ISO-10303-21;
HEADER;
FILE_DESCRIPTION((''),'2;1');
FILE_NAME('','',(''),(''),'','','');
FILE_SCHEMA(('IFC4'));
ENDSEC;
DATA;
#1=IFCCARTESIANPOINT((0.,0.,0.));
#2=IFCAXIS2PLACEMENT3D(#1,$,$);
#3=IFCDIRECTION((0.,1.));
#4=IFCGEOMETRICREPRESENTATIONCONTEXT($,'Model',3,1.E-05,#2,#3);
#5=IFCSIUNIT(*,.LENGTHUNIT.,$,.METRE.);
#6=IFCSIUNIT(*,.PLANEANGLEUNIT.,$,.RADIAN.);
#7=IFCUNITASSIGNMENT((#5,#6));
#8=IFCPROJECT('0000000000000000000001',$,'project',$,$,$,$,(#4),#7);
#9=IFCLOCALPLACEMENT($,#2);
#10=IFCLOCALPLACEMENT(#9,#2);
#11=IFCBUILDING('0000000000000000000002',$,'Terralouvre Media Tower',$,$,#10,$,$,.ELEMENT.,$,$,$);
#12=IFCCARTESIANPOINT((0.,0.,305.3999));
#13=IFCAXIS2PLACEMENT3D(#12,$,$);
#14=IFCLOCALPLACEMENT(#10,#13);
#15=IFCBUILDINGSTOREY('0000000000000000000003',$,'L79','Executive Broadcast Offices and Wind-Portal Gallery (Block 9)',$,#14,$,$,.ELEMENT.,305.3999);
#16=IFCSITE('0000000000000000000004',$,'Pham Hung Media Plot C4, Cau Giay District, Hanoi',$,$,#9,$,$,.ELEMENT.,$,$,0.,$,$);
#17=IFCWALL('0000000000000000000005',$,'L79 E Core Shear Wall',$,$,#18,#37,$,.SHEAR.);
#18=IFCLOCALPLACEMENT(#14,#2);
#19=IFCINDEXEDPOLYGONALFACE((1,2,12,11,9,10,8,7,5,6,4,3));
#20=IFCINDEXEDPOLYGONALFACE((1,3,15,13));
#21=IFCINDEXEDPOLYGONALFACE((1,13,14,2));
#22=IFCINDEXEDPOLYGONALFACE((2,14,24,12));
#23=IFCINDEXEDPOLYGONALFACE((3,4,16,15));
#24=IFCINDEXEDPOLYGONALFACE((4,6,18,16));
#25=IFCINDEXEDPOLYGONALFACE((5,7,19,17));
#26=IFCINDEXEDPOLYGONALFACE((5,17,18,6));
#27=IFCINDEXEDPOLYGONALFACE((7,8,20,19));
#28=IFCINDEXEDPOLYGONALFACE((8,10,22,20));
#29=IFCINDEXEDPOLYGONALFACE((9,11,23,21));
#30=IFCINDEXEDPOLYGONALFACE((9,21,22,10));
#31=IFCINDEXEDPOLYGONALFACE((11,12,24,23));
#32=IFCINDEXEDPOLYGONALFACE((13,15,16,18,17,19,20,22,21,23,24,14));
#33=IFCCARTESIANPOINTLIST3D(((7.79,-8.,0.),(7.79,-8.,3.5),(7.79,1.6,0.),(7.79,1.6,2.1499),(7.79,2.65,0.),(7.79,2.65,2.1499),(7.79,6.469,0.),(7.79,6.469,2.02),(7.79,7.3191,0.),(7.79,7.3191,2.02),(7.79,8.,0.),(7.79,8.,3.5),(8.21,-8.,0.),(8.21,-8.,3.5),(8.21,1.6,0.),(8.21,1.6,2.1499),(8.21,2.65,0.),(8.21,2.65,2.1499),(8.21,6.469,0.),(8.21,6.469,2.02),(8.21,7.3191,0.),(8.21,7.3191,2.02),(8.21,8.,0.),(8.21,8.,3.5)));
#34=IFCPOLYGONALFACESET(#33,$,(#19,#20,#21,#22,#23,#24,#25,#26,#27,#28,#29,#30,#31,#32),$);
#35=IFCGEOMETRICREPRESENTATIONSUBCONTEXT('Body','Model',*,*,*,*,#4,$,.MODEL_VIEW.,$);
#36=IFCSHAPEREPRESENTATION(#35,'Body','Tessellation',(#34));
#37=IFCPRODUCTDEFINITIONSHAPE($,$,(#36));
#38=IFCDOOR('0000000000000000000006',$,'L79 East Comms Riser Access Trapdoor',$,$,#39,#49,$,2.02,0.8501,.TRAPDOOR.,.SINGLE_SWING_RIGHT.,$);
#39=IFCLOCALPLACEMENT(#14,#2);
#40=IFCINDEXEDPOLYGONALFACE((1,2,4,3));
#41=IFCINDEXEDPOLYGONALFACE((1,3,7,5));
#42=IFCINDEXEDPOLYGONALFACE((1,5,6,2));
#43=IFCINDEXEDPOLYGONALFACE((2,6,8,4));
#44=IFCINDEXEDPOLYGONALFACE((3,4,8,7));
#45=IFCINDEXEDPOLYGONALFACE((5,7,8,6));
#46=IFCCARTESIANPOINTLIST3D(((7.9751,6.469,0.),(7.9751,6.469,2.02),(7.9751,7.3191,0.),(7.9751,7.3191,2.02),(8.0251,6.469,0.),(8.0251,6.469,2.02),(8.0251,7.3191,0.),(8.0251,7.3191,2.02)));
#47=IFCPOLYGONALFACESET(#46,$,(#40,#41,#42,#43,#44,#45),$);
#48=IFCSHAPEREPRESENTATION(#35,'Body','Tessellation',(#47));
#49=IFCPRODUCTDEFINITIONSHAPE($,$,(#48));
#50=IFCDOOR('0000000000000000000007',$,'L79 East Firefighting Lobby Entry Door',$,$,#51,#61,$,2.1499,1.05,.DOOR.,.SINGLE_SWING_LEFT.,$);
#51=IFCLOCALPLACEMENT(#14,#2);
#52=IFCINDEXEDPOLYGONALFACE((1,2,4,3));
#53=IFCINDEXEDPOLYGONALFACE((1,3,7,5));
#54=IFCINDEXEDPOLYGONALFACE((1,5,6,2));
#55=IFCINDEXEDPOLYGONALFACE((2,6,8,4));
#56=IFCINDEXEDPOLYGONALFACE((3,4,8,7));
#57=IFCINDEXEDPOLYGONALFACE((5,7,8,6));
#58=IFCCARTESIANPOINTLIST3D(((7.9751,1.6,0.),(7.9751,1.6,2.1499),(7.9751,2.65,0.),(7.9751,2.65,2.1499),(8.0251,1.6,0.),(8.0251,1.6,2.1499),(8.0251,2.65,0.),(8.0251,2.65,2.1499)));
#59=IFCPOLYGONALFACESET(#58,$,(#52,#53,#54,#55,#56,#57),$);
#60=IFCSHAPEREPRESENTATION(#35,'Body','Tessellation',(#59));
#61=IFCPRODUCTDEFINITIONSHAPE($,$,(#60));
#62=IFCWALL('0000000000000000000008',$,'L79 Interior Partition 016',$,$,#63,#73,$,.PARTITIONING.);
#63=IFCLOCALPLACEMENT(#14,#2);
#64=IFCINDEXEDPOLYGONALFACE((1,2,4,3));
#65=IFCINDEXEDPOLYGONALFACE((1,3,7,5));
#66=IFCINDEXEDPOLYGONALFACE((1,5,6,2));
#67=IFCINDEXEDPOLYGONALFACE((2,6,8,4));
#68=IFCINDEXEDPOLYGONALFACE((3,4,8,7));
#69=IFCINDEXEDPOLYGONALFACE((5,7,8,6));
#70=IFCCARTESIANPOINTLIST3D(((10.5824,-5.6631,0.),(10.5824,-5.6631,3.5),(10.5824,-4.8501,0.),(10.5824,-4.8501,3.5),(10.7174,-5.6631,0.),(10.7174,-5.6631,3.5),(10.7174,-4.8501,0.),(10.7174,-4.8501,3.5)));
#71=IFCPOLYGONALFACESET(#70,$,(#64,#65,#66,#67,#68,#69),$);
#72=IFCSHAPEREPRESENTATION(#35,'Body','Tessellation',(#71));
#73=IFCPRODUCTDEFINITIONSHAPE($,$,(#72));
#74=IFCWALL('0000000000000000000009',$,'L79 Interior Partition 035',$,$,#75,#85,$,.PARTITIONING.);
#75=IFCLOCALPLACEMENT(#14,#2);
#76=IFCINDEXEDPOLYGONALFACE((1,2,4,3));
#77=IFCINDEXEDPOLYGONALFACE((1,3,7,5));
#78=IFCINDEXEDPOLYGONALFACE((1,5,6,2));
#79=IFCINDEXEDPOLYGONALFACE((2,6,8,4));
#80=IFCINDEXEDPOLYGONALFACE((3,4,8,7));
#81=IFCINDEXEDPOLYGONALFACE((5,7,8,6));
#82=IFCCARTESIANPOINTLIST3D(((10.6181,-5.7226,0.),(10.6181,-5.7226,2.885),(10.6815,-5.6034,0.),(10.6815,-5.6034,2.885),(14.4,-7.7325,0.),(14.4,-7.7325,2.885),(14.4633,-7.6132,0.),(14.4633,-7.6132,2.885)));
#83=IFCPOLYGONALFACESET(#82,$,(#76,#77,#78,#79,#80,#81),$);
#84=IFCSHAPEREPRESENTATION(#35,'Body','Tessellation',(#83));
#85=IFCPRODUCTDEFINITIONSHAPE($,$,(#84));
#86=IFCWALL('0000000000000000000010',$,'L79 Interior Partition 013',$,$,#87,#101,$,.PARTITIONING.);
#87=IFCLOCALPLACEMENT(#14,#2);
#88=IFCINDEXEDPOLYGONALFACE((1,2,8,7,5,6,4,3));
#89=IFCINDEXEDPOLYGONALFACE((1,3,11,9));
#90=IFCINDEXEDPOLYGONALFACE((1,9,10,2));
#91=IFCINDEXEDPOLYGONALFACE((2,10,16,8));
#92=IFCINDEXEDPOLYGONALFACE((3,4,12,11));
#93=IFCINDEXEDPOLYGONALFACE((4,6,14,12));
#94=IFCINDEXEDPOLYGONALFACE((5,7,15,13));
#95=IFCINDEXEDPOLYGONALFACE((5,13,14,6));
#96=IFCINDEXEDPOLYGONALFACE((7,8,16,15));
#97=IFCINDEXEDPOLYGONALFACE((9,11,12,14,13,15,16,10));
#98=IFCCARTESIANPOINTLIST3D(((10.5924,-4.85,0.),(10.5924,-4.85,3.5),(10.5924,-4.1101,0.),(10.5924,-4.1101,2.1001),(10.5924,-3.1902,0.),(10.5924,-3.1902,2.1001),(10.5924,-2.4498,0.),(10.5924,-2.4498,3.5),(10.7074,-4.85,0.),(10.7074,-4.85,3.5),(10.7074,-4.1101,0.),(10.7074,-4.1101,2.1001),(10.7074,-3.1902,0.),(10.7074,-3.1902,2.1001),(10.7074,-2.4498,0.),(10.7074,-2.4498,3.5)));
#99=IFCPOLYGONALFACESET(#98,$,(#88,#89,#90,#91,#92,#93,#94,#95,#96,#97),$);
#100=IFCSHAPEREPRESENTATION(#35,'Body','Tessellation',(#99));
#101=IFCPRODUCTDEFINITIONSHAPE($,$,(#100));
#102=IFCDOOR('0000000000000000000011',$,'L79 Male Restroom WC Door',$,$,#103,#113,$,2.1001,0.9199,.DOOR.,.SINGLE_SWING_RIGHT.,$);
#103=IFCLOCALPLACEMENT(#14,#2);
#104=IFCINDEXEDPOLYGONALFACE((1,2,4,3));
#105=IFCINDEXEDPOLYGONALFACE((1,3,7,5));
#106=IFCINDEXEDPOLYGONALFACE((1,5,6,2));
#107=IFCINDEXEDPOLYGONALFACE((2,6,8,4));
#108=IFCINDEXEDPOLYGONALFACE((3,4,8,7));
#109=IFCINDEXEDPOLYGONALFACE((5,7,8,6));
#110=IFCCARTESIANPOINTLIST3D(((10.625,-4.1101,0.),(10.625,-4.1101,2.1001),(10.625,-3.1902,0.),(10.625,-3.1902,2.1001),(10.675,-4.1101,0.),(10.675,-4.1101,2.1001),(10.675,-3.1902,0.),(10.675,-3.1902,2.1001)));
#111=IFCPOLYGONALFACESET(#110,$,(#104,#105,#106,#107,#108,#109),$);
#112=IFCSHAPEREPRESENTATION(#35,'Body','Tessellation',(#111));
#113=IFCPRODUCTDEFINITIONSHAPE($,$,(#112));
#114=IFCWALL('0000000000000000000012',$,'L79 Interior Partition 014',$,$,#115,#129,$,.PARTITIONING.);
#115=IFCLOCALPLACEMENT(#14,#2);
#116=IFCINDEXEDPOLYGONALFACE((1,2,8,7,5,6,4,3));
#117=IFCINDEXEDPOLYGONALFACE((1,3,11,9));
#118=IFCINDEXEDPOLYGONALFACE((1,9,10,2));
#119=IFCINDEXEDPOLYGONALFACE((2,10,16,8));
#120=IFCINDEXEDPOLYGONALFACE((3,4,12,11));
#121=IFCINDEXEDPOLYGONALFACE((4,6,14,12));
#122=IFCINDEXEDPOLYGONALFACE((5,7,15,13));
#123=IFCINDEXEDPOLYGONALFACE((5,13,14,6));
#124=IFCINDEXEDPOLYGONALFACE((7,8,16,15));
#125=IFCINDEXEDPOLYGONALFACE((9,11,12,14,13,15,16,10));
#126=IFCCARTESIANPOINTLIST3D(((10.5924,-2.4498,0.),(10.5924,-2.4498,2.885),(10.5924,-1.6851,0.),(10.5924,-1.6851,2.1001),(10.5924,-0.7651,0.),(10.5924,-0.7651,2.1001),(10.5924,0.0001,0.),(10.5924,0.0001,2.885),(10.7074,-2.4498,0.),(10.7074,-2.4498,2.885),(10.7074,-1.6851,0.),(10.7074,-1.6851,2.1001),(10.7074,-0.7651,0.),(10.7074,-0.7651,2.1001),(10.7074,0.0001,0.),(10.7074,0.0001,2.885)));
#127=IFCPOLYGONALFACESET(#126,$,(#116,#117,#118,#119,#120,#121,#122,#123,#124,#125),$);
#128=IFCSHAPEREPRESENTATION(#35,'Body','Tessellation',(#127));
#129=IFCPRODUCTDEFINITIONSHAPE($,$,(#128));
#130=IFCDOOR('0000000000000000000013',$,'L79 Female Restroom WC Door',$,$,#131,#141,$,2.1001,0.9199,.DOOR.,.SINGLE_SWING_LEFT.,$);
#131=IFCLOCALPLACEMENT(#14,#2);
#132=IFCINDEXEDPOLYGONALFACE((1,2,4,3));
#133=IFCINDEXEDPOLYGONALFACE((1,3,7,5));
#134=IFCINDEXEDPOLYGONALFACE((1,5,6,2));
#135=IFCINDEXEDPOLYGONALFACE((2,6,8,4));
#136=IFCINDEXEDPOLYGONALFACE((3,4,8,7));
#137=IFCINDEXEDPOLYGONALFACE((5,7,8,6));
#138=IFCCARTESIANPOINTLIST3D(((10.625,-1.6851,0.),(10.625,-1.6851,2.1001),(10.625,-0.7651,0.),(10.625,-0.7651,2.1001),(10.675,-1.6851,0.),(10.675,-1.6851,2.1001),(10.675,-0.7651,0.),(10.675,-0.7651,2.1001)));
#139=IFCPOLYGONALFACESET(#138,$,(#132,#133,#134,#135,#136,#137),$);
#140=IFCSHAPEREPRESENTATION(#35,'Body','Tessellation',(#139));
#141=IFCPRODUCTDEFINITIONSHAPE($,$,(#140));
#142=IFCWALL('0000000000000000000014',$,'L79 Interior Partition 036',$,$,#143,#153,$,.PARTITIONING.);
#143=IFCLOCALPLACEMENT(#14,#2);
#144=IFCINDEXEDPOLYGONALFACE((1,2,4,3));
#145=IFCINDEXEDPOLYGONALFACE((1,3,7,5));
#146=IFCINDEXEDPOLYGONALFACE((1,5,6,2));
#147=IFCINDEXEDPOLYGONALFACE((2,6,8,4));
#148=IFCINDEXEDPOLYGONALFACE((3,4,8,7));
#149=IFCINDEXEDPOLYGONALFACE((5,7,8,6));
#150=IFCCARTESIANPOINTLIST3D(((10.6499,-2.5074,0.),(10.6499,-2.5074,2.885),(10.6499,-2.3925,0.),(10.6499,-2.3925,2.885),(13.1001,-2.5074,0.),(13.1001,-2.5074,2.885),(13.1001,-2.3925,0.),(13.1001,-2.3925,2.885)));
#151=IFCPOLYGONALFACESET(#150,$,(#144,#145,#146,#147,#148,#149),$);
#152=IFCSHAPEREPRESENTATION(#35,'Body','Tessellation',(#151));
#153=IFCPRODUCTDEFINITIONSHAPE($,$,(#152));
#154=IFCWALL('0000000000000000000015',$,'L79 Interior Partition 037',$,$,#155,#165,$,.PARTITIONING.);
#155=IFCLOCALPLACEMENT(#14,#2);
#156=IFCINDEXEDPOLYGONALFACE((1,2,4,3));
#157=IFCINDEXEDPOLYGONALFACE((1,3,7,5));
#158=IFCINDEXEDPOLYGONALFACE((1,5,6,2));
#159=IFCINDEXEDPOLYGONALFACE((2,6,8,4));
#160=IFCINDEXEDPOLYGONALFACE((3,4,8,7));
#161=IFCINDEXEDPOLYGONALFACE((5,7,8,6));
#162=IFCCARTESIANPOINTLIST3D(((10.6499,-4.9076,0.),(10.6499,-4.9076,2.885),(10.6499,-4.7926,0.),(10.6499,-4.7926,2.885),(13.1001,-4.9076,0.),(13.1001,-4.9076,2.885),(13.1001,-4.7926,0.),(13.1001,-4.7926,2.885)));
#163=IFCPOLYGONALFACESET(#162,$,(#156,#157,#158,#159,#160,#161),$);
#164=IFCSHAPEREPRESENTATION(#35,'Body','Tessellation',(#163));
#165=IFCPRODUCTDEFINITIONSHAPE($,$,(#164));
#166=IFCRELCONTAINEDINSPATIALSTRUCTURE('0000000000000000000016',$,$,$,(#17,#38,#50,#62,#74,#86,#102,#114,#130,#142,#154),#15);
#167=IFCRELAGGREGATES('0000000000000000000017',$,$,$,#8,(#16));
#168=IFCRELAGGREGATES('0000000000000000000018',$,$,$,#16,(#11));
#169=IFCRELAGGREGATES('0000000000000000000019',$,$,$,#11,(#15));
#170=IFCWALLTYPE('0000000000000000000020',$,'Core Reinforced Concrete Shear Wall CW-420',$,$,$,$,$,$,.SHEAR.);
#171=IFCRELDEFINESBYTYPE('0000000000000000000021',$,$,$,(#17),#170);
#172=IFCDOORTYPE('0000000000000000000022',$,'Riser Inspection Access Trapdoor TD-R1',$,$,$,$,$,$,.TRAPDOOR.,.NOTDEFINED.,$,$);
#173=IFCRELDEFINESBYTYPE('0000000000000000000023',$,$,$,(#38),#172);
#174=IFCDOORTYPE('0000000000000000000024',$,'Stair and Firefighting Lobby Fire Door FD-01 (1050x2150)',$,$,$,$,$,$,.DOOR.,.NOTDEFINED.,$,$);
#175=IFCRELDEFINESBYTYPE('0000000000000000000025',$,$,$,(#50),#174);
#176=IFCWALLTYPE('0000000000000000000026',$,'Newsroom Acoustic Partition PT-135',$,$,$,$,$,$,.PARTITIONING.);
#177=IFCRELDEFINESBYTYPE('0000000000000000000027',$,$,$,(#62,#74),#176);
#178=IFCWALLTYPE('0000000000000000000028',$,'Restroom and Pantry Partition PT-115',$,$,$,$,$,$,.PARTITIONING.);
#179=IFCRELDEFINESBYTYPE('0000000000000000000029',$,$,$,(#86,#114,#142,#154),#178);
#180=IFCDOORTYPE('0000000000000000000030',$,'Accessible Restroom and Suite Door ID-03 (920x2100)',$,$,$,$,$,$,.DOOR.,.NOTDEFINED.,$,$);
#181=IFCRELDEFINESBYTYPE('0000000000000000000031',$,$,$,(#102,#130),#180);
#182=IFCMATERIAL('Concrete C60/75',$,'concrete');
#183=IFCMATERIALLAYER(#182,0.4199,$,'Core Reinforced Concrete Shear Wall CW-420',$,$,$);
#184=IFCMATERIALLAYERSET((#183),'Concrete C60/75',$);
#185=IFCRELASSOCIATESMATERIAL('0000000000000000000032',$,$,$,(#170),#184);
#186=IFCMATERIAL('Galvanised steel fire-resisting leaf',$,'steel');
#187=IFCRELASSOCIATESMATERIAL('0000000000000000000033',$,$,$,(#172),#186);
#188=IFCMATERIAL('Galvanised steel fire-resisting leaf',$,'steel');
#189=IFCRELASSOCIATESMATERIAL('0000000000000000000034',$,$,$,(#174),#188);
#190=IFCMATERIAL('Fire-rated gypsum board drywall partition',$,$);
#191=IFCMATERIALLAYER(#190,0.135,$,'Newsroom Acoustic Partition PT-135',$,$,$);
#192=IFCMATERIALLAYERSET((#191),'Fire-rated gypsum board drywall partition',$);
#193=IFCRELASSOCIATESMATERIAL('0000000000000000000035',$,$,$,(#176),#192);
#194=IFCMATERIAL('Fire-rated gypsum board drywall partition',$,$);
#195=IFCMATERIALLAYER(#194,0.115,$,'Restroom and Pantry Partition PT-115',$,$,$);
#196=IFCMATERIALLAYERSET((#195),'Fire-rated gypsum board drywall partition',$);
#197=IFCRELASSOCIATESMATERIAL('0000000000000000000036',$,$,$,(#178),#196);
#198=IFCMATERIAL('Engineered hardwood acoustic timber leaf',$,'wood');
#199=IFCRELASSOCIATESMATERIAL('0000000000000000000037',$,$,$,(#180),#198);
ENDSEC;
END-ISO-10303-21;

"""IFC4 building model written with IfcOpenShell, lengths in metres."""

from ifc_helpers import new_model, si_unit, direction, frame, frame_2d, origin, place, context, subcontext, project, spatial, rectangle, extrude, material, layer, layer_set, type_object, element, fill, save


model = new_model("IFC4")

# Units and contexts
model_context = context("Model", 3, precision=1e-05, world=origin(), true_north=direction((0.0, 1.0)))
body_context = subcontext(model_context, "Body", "Model", "MODEL_VIEW")
ifc_project = project(units=[si_unit("LENGTHUNIT", "METRE"), si_unit("PLANEANGLEUNIT", "RADIAN")], contexts=[model_context])

# Site, building, storey
site_placement = place(None, origin())
site = spatial("IfcSite", under=ifc_project, at=site_placement, Name="Pham Hung Media Plot C4, Cau Giay District, Hanoi", CompositionType="ELEMENT", RefElevation=0.0)
building_placement = place(site_placement, origin())
building = spatial("IfcBuilding", under=site, at=building_placement, Name="Terralouvre Media Tower", CompositionType="ELEMENT")
storey_placement = place(building_placement, frame((0.0, 0.0, 305.3999)))
storey = spatial("IfcBuildingStorey", under=building, at=storey_placement, Name="L79", Description="Executive Broadcast Offices and Wind-Portal Gallery (Block 9)", CompositionType="ELEMENT", Elevation=305.3999)

# Wall, openings, doors
ifc_material_1 = material(Name="Concrete C60/75", Category="concrete")
ifc_layer_1 = layer(ifc_material_1, 0.4199, Name="Core Reinforced Concrete Shear Wall CW-420")
ifc_layer_set_1 = layer_set([ifc_layer_1], Name="Concrete C60/75")
wall_type_1 = type_object("IfcWallType", Name="Core Reinforced Concrete Shear Wall CW-420", PredefinedType="SHEAR", material=ifc_layer_set_1)
wall_1_placement = place(storey_placement, frame((8.0, -8.0, 0.0), z_axis=(0.0, 0.0, 1.0), x_axis=(0.0, 1.0, 0.0)))
wall_1 = element("IfcWall", 1, at=wall_1_placement, inside=storey, type_object=wall_type_1, Name="L79 E Core Shear Wall", PredefinedType="SHEAR", context=body_context, shape_type="SweptSolid", body=[
    extrude(rectangle(XDim=16.0, YDim=0.4199, at=frame_2d((8.0, 0.0))), origin(), (0.0, 0.0, 1.0), 3.5),
])
opening_1_placement = place(wall_1_placement, frame((9.6001, 0.0, 0.0)))
opening_1 = element("IfcOpeningElement", 2, at=opening_1_placement, cuts=wall_1, PredefinedType="OPENING", context=body_context, shape_type="SweptSolid", body=[
    extrude(rectangle(XDim=1.05, YDim=2.1499, at=frame_2d((0.5249, 1.075))), frame((0.0, 0.22, 0.0), z_axis=(0.0, -1.0, 0.0), x_axis=(1.0, 0.0, 0.0)), (0.0, 0.0, 1.0), 0.4399),
])
opening_2_placement = place(wall_1_placement, frame((14.469, 0.0, 0.0)))
opening_2 = element("IfcOpeningElement", 3, at=opening_2_placement, cuts=wall_1, PredefinedType="OPENING", context=body_context, shape_type="SweptSolid", body=[
    extrude(rectangle(XDim=0.8501, YDim=2.02, at=frame_2d((0.425, 1.01))), frame((0.0, 0.22, 0.0), z_axis=(0.0, -1.0, 0.0), x_axis=(1.0, 0.0, 0.0)), (0.0, 0.0, 1.0), 0.4399),
])
ifc_material_2 = material(Name="Galvanised steel fire-resisting leaf", Category="steel")
door_type_1 = type_object("IfcDoorType", Name="Riser Inspection Access Trapdoor TD-R1", OperationType="NOTDEFINED", PredefinedType="TRAPDOOR", material=ifc_material_2)
door_1_placement = place(opening_2_placement, origin())
door_1 = element("IfcDoor", 4, at=door_1_placement, inside=storey, type_object=door_type_1, Name="L79 East Comms Riser Access Trapdoor", OperationType="SINGLE_SWING_RIGHT", OverallHeight=2.02, OverallWidth=0.8501, PredefinedType="TRAPDOOR", context=body_context, shape_type="SweptSolid", body=[
    extrude(rectangle(XDim=0.8501, YDim=2.02, at=frame_2d((0.425, 1.01))), frame((0.0, 0.0249, 0.0), z_axis=(0.0, -1.0, 0.0), x_axis=(1.0, 0.0, 0.0)), (0.0, 0.0, 1.0), 0.05),
])
fill(opening_2, door_1)
ifc_material_3 = material(Name="Galvanised steel fire-resisting leaf", Category="steel")
door_type_2 = type_object("IfcDoorType", Name="Stair and Firefighting Lobby Fire Door FD-01 (1050x2150)", OperationType="NOTDEFINED", PredefinedType="DOOR", material=ifc_material_3)
door_2_placement = place(opening_1_placement, origin())
door_2 = element("IfcDoor", 5, at=door_2_placement, inside=storey, type_object=door_type_2, Name="L79 East Firefighting Lobby Entry Door", OperationType="SINGLE_SWING_LEFT", OverallHeight=2.1499, OverallWidth=1.05, PredefinedType="DOOR", context=body_context, shape_type="SweptSolid", body=[
    extrude(rectangle(XDim=1.05, YDim=2.1499, at=frame_2d((0.5249, 1.075))), frame((0.0, 0.0249, 0.0), z_axis=(0.0, -1.0, 0.0), x_axis=(1.0, 0.0, 0.0)), (0.0, 0.0, 1.0), 0.05),
])
fill(opening_1, door_2)

# Walls
ifc_material_4 = material(Name="Fire-rated gypsum board drywall partition")
ifc_layer_2 = layer(ifc_material_4, 0.135, Name="Newsroom Acoustic Partition PT-135")
ifc_layer_set_2 = layer_set([ifc_layer_2], Name="Fire-rated gypsum board drywall partition")
wall_type_2 = type_object("IfcWallType", Name="Newsroom Acoustic Partition PT-135", PredefinedType="PARTITIONING", material=ifc_layer_set_2)
wall_2_placement = place(storey_placement, frame((10.6499, -5.6631, 0.0), z_axis=(0.0, 0.0, 1.0), x_axis=(0.0, 1.0, 0.0)))
element("IfcWall", 6, at=wall_2_placement, inside=storey, type_object=wall_type_2, Name="L79 Interior Partition 016", PredefinedType="PARTITIONING", context=body_context, shape_type="SweptSolid", body=[
    extrude(rectangle(XDim=0.813, YDim=0.135, at=frame_2d((0.4065, 0.0))), origin(), (0.0, 0.0, 1.0), 3.5),
])
wall_3_placement = place(storey_placement, frame((14.4316, -7.6729, 0.0), z_axis=(0.0, 0.0, 1.0), x_axis=(-0.883046, 0.469286, 0.0)))
element("IfcWall", 7, at=wall_3_placement, inside=storey, type_object=wall_type_2, Name="L79 Interior Partition 035", PredefinedType="PARTITIONING", context=body_context, shape_type="SweptSolid", body=[
    extrude(rectangle(XDim=4.2827, YDim=0.135, at=frame_2d((2.1414, 0.0))), origin(), (0.0, 0.0, 1.0), 2.885),
])

# Walls, openings, doors
ifc_material_5 = material(Name="Fire-rated gypsum board drywall partition")
ifc_layer_3 = layer(ifc_material_5, 0.115, Name="Restroom and Pantry Partition PT-115")
ifc_layer_set_3 = layer_set([ifc_layer_3], Name="Fire-rated gypsum board drywall partition")
wall_type_3 = type_object("IfcWallType", Name="Restroom and Pantry Partition PT-115", PredefinedType="PARTITIONING", material=ifc_layer_set_3)
wall_4_placement = place(storey_placement, frame((10.6499, -4.8501, 0.0), z_axis=(0.0, 0.0, 1.0), x_axis=(0.0, 1.0, 0.0)))
wall_4 = element("IfcWall", 8, at=wall_4_placement, inside=storey, type_object=wall_type_3, Name="L79 Interior Partition 013", PredefinedType="PARTITIONING", context=body_context, shape_type="SweptSolid", body=[
    extrude(rectangle(XDim=2.4001, YDim=0.115, at=frame_2d((1.2002, 0.0))), origin(), (0.0, 0.0, 1.0), 3.5),
])
opening_3_placement = place(wall_4_placement, frame((0.74, 0.0, 0.0)))
opening_3 = element("IfcOpeningElement", 9, at=opening_3_placement, cuts=wall_4, PredefinedType="OPENING", context=body_context, shape_type="SweptSolid", body=[
    extrude(rectangle(XDim=0.9199, YDim=2.1001, at=frame_2d((0.46, 1.05))), frame((0.0, 0.0674, 0.0), z_axis=(0.0, -1.0, 0.0), x_axis=(1.0, 0.0, 0.0)), (0.0, 0.0, 1.0), 0.135),
])
ifc_material_6 = material(Name="Engineered hardwood acoustic timber leaf", Category="wood")
door_type_3 = type_object("IfcDoorType", Name="Accessible Restroom and Suite Door ID-03 (920x2100)", OperationType="NOTDEFINED", PredefinedType="DOOR", material=ifc_material_6)
door_3_placement = place(opening_3_placement, origin())
door_3 = element("IfcDoor", 10, at=door_3_placement, inside=storey, type_object=door_type_3, Name="L79 Male Restroom WC Door", OperationType="SINGLE_SWING_RIGHT", OverallHeight=2.1001, OverallWidth=0.9199, PredefinedType="DOOR", context=body_context, shape_type="SweptSolid", body=[
    extrude(rectangle(XDim=0.9199, YDim=2.1001, at=frame_2d((0.46, 1.05))), frame((0.0, 0.0249, 0.0), z_axis=(0.0, -1.0, 0.0), x_axis=(1.0, 0.0, 0.0)), (0.0, 0.0, 1.0), 0.05),
])
fill(opening_3, door_3)
wall_5_placement = place(storey_placement, frame((10.6499, -2.45, 0.0), z_axis=(0.0, 0.0, 1.0), x_axis=(0.0, 1.0, 0.0)))
wall_5 = element("IfcWall", 11, at=wall_5_placement, inside=storey, type_object=wall_type_3, Name="L79 Interior Partition 014", PredefinedType="PARTITIONING", context=body_context, shape_type="SweptSolid", body=[
    extrude(rectangle(XDim=2.45, YDim=0.115, at=frame_2d((1.2251, 0.0))), origin(), (0.0, 0.0, 1.0), 2.885),
])
opening_4_placement = place(wall_5_placement, frame((0.7649, 0.0, 0.0)))
opening_4 = element("IfcOpeningElement", 12, at=opening_4_placement, cuts=wall_5, PredefinedType="OPENING", context=body_context, shape_type="SweptSolid", body=[
    extrude(rectangle(XDim=0.9199, YDim=2.1001, at=frame_2d((0.46, 1.05))), frame((0.0, 0.0674, 0.0), z_axis=(0.0, -1.0, 0.0), x_axis=(1.0, 0.0, 0.0)), (0.0, 0.0, 1.0), 0.135),
])
door_4_placement = place(opening_4_placement, origin())
door_4 = element("IfcDoor", 13, at=door_4_placement, inside=storey, type_object=door_type_3, Name="L79 Female Restroom WC Door", OperationType="SINGLE_SWING_LEFT", OverallHeight=2.1001, OverallWidth=0.9199, PredefinedType="DOOR", context=body_context, shape_type="SweptSolid", body=[
    extrude(rectangle(XDim=0.9199, YDim=2.1001, at=frame_2d((0.46, 1.05))), frame((0.0, 0.0249, 0.0), z_axis=(0.0, -1.0, 0.0), x_axis=(1.0, 0.0, 0.0)), (0.0, 0.0, 1.0), 0.05),
])
fill(opening_4, door_4)

# Walls
for number, where, z_axis, x_axis, name in (
    (14, (13.1001, -2.45, 0.0), (0.0, 0.0, 1.0), (-1.0, 0.0, 0.0), "L79 Interior Partition 036"),
    (15, (10.6499, -4.8501, 0.0), (0.0, 0.0, 1.0), (1.0, 0.0, 0.0), "L79 Interior Partition 037"),
):
    element("IfcWall", number, at=place(storey_placement, frame(where, z_axis=z_axis, x_axis=x_axis)), inside=storey, type_object=wall_type_3, Name=name, PredefinedType="PARTITIONING", context=body_context, shape_type="SweptSolid", body=[
        extrude(rectangle(XDim=2.4502, YDim=0.115, at=frame_2d((1.2251, 0.0))), origin(), (0.0, 0.0, 1.0), 2.885),
    ])

save(model, "model.ifc")
